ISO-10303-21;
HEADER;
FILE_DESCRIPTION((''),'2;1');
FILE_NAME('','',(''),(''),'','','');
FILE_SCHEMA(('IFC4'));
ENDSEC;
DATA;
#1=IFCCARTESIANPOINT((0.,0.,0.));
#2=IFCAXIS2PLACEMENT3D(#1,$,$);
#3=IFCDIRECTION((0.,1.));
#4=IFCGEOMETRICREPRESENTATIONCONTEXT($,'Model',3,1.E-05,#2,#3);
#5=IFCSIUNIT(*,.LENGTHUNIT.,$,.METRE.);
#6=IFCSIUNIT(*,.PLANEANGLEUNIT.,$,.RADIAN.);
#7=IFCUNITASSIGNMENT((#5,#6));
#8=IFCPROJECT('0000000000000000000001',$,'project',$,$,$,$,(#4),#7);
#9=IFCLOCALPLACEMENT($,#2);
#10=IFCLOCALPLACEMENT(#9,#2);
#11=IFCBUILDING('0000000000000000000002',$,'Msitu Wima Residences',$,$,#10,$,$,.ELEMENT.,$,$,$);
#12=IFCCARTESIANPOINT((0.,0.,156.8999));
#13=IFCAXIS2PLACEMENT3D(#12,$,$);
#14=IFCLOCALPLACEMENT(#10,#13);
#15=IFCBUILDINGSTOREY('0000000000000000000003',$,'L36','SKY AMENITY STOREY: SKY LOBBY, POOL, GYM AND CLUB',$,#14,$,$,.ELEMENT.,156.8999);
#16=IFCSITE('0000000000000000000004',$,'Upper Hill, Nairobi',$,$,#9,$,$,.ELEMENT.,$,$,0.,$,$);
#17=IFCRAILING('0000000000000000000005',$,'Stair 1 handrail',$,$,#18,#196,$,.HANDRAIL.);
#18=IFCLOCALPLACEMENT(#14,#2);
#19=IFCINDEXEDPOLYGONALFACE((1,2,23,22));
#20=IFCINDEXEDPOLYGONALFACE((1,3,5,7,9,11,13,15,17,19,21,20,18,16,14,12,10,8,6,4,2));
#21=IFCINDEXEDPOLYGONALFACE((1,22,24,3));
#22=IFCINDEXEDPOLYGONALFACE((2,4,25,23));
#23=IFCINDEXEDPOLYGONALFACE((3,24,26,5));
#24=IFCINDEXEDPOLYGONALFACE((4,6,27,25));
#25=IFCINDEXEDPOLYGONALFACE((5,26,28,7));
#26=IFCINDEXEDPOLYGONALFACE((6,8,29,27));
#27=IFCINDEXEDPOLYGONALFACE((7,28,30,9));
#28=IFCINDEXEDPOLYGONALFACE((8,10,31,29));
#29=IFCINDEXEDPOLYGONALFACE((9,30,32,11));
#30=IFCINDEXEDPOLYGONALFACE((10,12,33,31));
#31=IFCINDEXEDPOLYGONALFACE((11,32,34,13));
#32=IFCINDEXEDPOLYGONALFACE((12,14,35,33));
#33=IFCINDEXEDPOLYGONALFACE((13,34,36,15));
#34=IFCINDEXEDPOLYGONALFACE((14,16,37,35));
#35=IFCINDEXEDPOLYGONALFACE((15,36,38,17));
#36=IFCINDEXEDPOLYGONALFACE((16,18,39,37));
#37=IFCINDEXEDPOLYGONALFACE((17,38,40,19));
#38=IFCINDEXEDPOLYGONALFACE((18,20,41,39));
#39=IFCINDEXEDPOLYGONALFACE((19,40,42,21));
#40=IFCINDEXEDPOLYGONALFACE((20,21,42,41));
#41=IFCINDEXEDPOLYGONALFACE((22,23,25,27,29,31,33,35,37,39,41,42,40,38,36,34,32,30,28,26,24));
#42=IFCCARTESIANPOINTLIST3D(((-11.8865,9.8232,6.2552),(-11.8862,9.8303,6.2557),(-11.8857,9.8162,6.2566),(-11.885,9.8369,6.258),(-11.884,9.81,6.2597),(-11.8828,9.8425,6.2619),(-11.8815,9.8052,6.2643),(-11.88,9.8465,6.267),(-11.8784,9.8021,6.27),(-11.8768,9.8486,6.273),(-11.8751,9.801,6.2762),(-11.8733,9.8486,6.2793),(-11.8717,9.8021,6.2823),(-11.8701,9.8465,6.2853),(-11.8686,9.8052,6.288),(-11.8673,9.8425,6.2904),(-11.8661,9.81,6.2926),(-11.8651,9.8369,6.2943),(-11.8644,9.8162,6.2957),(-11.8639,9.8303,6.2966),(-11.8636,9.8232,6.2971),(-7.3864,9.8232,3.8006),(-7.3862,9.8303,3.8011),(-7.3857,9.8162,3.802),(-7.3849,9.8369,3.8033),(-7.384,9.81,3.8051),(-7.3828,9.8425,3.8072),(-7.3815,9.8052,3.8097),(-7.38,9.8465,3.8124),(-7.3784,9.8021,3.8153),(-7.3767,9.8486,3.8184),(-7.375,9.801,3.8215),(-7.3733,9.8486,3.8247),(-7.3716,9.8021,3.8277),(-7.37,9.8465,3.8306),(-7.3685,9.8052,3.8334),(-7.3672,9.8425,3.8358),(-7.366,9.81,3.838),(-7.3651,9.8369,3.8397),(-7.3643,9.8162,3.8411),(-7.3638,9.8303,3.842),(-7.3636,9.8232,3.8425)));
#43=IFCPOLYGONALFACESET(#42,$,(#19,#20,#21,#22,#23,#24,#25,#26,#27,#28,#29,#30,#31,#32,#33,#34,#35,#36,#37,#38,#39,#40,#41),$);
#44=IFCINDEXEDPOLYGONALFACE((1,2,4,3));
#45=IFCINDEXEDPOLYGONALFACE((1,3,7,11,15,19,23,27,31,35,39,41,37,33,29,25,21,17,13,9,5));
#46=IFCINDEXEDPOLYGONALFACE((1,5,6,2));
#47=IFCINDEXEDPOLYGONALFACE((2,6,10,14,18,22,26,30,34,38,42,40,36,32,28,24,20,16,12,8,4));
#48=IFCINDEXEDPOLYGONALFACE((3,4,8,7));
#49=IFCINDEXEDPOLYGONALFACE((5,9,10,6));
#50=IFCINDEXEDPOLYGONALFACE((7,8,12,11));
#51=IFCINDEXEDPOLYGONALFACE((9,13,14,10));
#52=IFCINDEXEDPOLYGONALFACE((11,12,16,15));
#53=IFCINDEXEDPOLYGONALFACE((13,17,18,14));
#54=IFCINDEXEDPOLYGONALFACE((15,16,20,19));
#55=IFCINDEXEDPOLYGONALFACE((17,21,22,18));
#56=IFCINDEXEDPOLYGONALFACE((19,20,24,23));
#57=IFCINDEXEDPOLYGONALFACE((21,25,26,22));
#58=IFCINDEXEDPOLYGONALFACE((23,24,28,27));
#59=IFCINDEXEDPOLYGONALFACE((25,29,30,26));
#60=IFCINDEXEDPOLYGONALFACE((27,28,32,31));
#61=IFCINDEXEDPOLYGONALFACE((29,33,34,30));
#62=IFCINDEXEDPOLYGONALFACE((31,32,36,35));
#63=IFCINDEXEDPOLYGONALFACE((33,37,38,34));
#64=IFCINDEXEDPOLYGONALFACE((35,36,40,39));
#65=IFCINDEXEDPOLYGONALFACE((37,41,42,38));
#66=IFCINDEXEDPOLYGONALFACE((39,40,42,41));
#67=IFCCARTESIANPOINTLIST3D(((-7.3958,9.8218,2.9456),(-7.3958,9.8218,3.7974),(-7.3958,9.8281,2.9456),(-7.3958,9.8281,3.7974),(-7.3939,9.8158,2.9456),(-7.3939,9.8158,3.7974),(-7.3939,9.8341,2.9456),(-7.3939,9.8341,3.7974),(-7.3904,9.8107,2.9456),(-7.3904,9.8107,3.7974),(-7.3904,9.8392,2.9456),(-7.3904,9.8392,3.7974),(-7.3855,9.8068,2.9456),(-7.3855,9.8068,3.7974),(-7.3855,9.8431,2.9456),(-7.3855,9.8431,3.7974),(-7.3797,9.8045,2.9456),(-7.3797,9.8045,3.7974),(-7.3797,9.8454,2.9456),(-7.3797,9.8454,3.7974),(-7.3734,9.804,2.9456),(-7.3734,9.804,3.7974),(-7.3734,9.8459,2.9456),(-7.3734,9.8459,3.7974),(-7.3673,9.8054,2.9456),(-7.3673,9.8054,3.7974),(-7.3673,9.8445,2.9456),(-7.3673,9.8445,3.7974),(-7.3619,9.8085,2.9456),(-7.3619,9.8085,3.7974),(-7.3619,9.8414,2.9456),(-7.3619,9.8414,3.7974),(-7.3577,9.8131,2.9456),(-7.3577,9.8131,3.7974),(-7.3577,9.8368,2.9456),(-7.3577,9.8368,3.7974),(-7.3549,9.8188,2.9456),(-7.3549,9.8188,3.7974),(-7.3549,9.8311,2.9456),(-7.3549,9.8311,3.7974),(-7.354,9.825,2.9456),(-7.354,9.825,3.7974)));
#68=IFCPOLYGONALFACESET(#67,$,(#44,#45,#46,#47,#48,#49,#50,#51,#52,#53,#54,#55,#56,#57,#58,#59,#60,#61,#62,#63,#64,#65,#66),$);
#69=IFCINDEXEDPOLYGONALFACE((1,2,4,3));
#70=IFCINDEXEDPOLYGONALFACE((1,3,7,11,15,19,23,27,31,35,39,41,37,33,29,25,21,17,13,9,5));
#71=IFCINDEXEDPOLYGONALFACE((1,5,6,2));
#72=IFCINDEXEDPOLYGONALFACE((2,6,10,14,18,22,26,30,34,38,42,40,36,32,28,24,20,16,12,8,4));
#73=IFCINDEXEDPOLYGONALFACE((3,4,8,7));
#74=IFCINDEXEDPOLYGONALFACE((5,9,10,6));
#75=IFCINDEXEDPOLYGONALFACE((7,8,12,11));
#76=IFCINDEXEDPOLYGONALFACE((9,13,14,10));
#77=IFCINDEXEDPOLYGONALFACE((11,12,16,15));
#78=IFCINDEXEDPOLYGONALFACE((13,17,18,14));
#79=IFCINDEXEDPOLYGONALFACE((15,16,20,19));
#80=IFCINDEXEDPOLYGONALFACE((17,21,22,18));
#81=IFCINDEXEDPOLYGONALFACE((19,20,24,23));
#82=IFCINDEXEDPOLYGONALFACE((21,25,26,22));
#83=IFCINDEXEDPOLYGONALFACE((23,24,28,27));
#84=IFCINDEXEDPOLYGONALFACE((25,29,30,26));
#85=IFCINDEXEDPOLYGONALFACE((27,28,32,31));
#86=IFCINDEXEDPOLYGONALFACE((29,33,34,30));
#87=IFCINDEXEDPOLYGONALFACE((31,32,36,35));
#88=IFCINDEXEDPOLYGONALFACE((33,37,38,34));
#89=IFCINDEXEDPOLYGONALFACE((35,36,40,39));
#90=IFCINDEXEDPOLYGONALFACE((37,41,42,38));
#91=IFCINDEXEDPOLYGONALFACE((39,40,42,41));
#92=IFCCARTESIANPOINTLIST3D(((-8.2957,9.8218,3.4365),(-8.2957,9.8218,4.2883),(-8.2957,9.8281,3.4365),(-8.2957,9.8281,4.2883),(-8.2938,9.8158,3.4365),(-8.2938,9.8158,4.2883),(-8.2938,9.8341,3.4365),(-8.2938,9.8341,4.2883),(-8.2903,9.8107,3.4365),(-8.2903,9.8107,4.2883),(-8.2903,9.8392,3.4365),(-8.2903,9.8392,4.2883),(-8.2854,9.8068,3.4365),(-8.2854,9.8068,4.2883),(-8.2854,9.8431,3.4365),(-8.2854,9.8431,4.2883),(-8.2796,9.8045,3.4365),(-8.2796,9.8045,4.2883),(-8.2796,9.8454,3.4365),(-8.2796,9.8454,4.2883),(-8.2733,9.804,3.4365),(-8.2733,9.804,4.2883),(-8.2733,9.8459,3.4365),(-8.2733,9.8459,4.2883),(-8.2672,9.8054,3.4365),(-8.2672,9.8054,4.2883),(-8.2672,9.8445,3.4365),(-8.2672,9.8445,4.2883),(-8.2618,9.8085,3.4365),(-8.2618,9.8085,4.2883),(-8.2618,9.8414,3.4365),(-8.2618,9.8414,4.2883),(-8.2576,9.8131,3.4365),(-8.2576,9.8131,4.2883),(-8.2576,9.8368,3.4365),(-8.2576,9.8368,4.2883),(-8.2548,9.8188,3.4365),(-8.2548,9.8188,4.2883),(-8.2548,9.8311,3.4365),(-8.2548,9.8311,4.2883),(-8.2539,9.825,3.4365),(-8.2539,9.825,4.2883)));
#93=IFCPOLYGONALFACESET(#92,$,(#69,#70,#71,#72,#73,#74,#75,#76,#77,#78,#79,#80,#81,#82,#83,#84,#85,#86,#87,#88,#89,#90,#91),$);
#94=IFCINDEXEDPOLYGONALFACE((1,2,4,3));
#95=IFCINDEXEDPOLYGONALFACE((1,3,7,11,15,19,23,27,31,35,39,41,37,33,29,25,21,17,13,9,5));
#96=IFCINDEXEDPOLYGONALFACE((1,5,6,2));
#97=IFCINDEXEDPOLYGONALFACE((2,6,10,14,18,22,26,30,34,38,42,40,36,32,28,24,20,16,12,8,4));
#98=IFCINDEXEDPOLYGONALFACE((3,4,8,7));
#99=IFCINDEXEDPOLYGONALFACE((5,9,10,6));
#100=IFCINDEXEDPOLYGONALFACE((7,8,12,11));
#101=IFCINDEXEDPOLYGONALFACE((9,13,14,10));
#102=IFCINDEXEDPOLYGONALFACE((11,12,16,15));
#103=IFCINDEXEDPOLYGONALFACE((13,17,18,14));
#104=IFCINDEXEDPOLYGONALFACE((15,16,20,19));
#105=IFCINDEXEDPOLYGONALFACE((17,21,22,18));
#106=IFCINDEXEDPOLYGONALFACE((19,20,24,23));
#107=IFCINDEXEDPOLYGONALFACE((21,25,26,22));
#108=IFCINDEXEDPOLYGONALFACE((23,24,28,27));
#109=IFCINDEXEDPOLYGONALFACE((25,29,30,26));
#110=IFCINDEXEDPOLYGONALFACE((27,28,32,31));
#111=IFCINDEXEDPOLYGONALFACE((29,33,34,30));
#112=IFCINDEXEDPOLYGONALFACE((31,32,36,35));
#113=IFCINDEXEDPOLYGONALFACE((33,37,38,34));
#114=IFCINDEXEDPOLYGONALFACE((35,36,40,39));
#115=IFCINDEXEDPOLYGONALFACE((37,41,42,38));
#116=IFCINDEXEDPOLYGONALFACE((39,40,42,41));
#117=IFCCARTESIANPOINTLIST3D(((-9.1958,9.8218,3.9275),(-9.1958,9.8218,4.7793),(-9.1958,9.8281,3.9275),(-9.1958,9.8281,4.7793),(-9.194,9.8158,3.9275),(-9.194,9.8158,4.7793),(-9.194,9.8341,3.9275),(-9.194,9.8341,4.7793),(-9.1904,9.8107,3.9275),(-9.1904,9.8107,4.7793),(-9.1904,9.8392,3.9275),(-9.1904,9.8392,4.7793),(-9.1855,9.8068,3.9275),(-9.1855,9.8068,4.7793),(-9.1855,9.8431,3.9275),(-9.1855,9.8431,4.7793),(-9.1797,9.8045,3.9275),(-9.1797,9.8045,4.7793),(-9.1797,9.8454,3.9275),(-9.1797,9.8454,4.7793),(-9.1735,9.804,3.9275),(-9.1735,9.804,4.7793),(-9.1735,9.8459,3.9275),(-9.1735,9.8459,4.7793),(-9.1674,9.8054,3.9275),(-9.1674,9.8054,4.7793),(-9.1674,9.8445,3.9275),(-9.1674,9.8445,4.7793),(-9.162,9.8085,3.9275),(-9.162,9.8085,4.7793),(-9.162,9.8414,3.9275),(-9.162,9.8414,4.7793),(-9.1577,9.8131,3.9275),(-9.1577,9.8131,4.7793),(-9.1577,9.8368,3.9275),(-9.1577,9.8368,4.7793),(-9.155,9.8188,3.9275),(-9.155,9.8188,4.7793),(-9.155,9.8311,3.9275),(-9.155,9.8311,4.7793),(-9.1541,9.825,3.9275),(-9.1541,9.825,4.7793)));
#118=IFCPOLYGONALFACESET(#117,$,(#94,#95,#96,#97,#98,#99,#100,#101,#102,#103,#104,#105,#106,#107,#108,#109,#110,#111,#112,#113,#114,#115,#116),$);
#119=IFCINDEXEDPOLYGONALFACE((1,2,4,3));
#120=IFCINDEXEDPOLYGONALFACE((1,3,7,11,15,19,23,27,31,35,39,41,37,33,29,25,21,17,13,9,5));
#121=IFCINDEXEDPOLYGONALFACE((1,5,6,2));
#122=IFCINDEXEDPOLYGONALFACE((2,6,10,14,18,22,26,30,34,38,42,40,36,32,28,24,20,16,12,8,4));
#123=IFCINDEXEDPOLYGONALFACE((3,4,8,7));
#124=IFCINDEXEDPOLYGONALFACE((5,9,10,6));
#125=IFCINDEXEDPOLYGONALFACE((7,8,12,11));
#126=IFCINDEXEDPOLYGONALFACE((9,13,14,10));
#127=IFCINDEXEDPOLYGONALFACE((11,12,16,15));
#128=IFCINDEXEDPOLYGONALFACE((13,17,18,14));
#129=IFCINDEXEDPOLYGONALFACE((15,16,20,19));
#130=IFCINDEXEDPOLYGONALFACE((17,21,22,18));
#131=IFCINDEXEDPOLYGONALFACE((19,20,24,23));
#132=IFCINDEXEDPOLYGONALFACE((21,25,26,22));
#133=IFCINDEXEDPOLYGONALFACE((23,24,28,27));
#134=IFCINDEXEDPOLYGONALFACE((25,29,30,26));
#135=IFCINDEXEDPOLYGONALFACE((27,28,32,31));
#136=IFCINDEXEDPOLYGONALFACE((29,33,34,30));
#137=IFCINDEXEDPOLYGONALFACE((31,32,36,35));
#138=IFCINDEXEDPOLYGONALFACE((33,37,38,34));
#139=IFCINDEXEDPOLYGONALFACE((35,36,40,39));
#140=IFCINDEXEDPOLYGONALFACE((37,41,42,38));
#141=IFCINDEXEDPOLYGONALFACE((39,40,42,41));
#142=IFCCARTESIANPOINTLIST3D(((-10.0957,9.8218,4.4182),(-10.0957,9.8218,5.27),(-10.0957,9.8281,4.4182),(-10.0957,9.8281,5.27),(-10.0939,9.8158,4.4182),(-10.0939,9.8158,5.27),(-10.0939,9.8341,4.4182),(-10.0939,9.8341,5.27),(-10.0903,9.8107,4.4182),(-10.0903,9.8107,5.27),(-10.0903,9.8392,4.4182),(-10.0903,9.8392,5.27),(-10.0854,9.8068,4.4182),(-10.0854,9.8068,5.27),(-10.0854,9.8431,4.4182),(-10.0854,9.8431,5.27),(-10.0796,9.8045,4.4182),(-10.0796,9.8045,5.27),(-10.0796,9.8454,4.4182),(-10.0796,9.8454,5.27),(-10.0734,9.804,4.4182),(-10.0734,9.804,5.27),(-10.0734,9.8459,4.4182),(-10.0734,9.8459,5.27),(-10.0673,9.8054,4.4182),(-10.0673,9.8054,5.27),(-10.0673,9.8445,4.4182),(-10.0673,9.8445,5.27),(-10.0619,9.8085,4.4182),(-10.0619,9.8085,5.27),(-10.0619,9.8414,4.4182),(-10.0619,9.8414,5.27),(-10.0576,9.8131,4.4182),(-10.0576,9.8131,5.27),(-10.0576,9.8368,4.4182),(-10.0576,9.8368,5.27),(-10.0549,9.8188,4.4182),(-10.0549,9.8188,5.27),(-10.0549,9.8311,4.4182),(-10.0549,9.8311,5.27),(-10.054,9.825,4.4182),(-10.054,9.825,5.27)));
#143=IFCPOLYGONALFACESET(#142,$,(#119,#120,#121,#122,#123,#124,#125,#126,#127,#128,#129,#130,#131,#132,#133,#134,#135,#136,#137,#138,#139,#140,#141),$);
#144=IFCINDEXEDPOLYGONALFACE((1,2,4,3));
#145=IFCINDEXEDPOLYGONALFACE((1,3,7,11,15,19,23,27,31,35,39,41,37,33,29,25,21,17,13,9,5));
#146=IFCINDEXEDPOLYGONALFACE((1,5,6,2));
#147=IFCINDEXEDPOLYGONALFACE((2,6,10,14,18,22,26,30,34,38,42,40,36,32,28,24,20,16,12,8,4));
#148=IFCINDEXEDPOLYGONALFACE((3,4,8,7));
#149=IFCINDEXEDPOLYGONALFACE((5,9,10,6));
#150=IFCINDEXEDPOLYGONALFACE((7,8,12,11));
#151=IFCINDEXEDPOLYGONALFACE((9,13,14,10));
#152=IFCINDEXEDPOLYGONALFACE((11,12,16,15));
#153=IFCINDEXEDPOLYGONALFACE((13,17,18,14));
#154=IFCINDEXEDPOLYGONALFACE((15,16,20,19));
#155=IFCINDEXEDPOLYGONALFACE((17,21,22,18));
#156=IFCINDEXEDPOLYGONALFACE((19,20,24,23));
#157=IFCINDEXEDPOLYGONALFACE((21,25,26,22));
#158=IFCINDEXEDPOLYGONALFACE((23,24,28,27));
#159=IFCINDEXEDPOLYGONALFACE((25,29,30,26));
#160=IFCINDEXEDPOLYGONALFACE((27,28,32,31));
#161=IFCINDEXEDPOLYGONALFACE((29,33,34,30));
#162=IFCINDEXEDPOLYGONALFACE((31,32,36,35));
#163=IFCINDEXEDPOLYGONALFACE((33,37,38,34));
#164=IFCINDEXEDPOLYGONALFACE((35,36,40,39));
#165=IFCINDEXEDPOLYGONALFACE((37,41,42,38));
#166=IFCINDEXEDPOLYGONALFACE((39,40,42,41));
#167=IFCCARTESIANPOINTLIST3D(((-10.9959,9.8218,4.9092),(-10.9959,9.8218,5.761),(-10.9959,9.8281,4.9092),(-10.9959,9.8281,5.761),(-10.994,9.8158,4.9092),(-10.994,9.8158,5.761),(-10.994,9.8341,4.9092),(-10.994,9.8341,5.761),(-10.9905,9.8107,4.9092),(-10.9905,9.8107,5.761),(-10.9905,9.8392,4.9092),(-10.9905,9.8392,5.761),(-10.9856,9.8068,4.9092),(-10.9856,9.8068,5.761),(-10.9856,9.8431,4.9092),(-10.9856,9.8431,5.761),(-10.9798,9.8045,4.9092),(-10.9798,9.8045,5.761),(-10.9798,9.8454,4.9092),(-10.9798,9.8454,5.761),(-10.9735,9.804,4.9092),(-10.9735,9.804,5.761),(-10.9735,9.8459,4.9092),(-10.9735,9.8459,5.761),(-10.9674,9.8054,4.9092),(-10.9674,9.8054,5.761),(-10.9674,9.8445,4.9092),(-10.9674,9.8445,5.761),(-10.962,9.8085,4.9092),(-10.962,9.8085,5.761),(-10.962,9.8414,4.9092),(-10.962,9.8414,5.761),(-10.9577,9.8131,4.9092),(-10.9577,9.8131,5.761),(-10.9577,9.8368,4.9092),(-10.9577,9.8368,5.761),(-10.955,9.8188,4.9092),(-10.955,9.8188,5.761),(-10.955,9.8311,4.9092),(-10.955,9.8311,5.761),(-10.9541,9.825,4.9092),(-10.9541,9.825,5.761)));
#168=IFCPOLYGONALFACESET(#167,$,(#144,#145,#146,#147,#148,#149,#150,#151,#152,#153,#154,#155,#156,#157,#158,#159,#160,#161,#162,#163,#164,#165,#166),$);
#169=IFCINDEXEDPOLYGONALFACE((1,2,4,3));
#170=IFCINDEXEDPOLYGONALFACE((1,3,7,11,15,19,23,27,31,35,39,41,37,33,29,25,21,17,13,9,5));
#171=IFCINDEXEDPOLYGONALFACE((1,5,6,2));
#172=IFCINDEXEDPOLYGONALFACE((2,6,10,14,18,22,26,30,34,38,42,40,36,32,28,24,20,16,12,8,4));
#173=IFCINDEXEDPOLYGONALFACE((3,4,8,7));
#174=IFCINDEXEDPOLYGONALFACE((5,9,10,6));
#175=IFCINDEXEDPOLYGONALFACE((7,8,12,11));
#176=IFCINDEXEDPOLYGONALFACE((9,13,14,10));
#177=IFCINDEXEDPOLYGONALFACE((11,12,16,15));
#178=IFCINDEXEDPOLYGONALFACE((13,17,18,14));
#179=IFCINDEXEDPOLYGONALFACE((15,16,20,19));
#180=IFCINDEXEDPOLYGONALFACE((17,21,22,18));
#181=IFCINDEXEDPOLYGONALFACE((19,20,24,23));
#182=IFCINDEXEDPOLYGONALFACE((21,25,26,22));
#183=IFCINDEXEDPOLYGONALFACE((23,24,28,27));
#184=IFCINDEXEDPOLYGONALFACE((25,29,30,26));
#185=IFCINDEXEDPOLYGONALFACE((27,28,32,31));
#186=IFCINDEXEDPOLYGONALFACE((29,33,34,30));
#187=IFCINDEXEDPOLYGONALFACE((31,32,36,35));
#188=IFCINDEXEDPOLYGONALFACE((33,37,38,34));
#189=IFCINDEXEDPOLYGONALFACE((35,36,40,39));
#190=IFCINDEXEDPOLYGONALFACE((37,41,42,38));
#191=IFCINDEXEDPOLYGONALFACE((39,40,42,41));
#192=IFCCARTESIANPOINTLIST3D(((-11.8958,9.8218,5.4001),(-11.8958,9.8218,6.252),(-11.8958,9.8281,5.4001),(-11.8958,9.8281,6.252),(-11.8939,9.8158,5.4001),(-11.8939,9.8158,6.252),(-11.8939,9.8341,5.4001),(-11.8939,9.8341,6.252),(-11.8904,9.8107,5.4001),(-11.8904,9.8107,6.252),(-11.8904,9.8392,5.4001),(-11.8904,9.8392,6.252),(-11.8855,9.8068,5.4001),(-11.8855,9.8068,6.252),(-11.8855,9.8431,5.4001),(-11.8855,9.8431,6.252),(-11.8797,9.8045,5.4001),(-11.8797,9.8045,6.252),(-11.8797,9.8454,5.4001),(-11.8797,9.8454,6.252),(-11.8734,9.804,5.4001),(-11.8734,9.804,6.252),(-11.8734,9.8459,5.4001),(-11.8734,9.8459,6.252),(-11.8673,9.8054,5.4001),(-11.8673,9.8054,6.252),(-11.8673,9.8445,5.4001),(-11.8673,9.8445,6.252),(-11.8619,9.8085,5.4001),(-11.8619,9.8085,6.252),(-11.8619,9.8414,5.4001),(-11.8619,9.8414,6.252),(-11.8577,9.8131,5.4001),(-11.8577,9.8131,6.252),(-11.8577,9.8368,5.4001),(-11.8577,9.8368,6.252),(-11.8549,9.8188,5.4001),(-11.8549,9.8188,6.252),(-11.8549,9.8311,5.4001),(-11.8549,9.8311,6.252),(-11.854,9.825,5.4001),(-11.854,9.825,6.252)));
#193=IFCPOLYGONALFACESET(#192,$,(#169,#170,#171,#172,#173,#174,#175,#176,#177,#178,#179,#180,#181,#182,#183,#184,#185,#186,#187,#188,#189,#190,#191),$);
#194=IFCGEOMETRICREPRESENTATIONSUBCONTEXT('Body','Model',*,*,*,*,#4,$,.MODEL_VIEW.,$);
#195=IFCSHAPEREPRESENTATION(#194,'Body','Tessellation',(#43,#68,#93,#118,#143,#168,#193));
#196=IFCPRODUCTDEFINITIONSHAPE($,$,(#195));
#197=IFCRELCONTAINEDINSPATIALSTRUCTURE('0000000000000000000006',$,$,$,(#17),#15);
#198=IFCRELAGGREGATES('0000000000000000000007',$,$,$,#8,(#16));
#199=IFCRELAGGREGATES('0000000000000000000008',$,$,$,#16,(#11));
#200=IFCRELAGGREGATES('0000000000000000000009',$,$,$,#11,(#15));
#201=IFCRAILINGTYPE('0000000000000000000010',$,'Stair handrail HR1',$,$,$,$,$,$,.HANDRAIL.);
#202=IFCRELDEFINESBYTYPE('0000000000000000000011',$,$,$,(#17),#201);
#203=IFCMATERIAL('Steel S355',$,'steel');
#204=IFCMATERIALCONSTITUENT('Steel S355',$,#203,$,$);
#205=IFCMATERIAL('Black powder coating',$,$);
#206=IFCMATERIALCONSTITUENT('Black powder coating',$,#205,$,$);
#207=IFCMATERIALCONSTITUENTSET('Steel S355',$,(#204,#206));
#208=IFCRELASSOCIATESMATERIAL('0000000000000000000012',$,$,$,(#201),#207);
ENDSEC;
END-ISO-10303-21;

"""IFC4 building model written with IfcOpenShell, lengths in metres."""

from ifc_helpers import new_model, si_unit, direction, frame, origin, origin_2d, place, context, subcontext, project, spatial, circle, extrude, material, constituent, constituent_set, type_object, element, save


model = new_model("IFC4")

# Units and contexts
model_context = context("Model", 3, precision=1e-05, world=origin(), true_north=direction((0.0, 1.0)))
body_context = subcontext(model_context, "Body", "Model", "MODEL_VIEW")
ifc_project = project(units=[si_unit("LENGTHUNIT", "METRE"), si_unit("PLANEANGLEUNIT", "RADIAN")], contexts=[model_context])

# Site, building, storey
site_placement = place(None, origin())
site = spatial("IfcSite", under=ifc_project, at=site_placement, Name="Upper Hill, Nairobi", CompositionType="ELEMENT", RefElevation=0.0)
building_placement = place(site_placement, origin())
building = spatial("IfcBuilding", under=site, at=building_placement, Name="Msitu Wima Residences", CompositionType="ELEMENT")
storey_placement = place(building_placement, frame((0.0, 0.0, 156.8999)))
storey = spatial("IfcBuildingStorey", under=building, at=storey_placement, Name="L36", Description="SKY AMENITY STOREY: SKY LOBBY, POOL, GYM AND CLUB", CompositionType="ELEMENT", Elevation=156.8999)

# Railing
ifc_material_1 = material(Name="Steel S355", Category="steel")
ifc_constituent_1 = constituent(ifc_material_1, Name="Steel S355")
ifc_material_2 = material(Name="Black powder coating")
ifc_constituent_2 = constituent(ifc_material_2, Name="Black powder coating")
ifc_constituent_set = constituent_set(constituents=[ifc_constituent_1, ifc_constituent_2], Name="Steel S355")
railing_type = type_object("IfcRailingType", Name="Stair handrail HR1", PredefinedType="HANDRAIL", material=ifc_constituent_set)
for number, where, name in (
    (1, (-7.375, 9.825, 2.9456), "Stair 1 handrail"),
):
    element("IfcRailing", number, at=place(storey_placement, frame(where)), inside=storey, type_object=railing_type, Name=name, PredefinedType="HANDRAIL", context=body_context, shape_type="SweptSolid", body=[
        extrude(circle(Radius=0.0239, at=origin_2d()), frame((0.0, 0.0, 0.876), z_axis=(-0.877892, 0.0, 0.478859), x_axis=(0.0, -1.0, 0.0)), (0.0, 0.0, 1.0), 5.126),
        extrude(circle(Radius=0.021, at=origin_2d()), origin(), (0.0, 0.0, 1.0), 0.8518),
        extrude(circle(Radius=0.021, at=origin_2d()), frame((-0.8999, 0.0, 0.491)), (0.0, 0.0, 1.0), 0.8518),
        extrude(circle(Radius=0.021, at=origin_2d()), frame((-1.8, 0.0, 0.9819)), (0.0, 0.0, 1.0), 0.8518),
        extrude(circle(Radius=0.021, at=origin_2d()), frame((-2.7, 0.0, 1.4727)), (0.0, 0.0, 1.0), 0.8518),
        extrude(circle(Radius=0.021, at=origin_2d()), frame((-3.6001, 0.0, 1.9636)), (0.0, 0.0, 1.0), 0.8518),
        extrude(circle(Radius=0.021, at=origin_2d()), frame((-4.5, 0.0, 2.4546)), (0.0, 0.0, 1.0), 0.8518),
    ])

save(model, "model.ifc")
